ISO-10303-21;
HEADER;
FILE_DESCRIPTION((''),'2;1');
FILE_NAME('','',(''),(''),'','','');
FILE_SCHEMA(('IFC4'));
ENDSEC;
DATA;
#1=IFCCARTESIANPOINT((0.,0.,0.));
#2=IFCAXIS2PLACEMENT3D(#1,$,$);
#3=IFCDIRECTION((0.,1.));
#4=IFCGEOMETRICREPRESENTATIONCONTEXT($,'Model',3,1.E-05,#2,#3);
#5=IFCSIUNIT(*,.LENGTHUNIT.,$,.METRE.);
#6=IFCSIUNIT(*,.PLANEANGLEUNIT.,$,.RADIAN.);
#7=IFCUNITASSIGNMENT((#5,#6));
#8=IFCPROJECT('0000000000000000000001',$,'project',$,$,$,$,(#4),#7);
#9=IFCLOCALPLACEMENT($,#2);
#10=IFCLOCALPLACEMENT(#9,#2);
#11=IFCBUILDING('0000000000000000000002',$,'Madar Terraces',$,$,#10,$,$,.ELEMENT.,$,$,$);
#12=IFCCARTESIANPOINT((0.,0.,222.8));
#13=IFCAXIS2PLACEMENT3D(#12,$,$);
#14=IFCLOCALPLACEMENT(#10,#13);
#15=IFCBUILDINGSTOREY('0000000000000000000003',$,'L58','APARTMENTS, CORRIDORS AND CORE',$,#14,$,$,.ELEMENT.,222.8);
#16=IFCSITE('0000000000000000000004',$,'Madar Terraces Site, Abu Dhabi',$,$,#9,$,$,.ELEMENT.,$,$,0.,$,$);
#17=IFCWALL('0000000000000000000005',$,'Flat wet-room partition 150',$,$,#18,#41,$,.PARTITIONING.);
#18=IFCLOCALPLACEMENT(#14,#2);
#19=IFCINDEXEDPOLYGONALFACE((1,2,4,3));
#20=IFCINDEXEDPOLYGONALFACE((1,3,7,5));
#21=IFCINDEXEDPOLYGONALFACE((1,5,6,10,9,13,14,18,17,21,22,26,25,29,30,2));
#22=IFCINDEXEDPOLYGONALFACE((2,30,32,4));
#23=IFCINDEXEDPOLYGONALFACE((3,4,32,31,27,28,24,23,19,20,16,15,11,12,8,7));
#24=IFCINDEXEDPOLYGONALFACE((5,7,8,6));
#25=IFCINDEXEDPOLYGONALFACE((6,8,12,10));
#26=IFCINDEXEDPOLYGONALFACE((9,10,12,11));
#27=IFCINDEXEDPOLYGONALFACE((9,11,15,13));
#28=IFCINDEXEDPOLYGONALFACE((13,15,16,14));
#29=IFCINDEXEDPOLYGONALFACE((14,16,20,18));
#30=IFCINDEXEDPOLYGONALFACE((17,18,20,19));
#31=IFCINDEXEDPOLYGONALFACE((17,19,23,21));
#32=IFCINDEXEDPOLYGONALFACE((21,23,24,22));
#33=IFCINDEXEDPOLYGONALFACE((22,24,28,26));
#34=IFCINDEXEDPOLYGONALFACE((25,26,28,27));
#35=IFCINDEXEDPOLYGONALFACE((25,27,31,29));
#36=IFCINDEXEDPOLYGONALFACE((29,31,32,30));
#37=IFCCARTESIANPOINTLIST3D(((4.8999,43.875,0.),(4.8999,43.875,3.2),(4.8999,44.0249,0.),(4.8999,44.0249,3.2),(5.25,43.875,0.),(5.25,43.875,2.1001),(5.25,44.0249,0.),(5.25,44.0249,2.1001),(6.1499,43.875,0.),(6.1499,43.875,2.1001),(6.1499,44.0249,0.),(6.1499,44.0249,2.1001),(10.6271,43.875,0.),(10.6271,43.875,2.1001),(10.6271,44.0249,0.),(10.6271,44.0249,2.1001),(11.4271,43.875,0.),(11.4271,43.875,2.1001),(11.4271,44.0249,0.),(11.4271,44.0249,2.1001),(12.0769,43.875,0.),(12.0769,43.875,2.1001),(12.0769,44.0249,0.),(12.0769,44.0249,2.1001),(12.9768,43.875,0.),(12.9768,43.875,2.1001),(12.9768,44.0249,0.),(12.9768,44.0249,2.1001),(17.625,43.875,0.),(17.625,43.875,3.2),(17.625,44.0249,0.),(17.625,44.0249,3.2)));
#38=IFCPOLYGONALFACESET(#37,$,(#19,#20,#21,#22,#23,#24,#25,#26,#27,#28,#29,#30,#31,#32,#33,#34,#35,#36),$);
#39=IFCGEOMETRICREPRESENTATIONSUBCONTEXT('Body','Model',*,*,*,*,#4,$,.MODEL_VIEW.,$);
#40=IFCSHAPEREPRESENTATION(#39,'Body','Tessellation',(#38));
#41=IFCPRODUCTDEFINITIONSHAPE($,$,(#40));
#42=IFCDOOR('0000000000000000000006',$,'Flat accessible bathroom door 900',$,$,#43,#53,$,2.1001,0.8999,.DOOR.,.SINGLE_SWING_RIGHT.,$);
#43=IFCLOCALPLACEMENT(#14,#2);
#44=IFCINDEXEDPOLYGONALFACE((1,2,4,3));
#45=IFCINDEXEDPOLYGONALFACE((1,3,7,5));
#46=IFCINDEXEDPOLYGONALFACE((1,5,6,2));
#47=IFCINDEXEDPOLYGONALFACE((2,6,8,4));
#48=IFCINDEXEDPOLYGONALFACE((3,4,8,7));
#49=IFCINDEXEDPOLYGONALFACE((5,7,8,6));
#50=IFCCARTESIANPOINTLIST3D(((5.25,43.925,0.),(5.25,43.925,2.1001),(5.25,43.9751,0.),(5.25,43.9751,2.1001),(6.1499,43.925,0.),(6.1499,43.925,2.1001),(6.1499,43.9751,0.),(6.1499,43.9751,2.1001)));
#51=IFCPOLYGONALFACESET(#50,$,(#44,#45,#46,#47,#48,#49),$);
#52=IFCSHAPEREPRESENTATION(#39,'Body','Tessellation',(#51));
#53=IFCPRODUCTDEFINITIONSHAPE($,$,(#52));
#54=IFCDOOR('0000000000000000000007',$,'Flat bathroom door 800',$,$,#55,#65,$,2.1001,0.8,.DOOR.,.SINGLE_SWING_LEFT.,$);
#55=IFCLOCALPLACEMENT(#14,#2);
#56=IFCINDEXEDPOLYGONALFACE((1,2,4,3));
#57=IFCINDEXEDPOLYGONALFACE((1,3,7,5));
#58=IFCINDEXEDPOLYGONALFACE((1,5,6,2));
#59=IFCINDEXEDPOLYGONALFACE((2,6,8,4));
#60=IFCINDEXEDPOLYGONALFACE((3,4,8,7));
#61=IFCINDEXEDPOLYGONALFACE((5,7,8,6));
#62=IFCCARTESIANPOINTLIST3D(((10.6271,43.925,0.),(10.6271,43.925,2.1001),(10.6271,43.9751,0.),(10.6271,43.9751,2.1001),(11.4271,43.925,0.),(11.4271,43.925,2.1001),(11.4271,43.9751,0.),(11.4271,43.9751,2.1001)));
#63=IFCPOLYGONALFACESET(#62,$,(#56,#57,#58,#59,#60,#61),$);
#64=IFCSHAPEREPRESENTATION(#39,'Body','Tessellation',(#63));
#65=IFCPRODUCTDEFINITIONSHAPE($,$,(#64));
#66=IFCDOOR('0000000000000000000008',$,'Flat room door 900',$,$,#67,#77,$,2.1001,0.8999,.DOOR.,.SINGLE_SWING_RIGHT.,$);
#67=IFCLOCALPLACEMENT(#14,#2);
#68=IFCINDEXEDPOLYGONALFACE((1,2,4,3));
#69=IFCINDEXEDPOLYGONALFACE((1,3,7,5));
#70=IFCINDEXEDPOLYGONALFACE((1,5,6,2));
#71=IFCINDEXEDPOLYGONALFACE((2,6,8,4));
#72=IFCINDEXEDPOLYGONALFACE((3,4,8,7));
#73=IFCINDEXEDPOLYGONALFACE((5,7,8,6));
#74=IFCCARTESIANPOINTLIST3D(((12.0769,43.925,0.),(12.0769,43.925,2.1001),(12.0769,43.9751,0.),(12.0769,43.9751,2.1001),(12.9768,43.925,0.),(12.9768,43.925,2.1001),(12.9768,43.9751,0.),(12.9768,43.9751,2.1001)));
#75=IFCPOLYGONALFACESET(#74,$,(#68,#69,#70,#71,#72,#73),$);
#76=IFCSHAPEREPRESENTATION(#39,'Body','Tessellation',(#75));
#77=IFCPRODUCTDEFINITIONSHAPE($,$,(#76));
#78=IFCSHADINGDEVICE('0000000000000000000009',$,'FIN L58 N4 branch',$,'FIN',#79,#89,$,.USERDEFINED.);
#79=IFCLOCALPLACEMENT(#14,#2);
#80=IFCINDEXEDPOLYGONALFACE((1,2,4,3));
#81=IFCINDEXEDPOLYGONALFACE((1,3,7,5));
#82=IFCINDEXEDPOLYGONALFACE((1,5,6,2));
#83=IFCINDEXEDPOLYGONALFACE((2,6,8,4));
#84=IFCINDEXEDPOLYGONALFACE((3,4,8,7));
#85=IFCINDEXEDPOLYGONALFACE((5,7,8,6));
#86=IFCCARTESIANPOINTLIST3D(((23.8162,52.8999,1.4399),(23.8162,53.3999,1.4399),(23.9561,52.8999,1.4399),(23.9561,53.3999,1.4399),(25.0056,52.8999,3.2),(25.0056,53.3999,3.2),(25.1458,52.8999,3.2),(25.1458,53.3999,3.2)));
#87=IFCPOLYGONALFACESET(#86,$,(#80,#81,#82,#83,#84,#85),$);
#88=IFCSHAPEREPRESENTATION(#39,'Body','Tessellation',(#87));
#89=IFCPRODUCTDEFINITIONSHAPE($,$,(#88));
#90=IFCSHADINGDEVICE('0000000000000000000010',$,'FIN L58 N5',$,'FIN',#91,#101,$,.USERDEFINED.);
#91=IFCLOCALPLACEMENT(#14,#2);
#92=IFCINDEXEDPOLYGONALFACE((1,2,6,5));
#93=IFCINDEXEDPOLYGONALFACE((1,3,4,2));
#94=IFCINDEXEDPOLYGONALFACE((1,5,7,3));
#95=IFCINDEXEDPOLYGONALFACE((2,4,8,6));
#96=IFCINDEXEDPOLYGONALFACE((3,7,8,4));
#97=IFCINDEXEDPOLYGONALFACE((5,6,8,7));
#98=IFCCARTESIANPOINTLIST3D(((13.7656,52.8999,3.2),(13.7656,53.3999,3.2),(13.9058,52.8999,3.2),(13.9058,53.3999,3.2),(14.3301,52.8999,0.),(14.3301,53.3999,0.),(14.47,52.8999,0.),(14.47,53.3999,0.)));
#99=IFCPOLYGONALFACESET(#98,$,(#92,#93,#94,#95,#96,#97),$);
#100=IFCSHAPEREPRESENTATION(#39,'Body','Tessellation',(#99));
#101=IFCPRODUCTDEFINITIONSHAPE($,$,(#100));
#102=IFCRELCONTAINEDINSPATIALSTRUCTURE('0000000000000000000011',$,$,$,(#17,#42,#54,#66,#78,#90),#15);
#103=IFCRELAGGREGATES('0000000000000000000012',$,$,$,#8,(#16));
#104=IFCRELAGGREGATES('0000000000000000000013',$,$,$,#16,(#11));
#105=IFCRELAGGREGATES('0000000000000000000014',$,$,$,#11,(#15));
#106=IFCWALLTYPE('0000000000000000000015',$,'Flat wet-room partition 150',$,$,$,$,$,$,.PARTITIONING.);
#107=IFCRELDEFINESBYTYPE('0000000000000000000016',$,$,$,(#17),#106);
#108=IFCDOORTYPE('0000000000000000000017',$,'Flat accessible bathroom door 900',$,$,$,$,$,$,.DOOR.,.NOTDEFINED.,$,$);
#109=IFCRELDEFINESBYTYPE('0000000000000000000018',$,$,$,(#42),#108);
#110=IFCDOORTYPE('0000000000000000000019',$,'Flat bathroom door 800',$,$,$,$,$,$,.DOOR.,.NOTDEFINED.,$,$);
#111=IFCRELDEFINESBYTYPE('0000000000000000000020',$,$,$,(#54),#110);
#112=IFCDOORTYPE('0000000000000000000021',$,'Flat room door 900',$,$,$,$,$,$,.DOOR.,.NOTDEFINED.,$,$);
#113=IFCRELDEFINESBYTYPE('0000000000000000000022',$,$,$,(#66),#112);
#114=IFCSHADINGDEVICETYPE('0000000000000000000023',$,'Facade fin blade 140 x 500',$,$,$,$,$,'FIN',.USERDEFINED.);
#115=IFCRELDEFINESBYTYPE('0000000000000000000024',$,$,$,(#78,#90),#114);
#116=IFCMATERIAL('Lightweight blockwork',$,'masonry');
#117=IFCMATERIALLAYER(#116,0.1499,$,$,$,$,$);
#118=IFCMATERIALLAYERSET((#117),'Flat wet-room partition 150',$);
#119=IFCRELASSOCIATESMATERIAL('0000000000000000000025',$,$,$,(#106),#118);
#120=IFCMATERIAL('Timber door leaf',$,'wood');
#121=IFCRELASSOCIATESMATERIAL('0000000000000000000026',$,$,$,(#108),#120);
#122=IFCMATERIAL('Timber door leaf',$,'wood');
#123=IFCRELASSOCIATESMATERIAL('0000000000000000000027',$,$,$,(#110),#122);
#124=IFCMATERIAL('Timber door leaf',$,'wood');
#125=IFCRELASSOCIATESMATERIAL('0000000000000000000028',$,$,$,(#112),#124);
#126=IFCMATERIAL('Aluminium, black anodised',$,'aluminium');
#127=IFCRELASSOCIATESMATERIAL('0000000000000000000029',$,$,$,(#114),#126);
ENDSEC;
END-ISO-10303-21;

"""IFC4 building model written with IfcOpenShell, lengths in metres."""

from ifc_helpers import new_model, si_unit, direction, frame, frame_2d, origin, place, context, subcontext, project, spatial, polyline, rectangle, outline, extrude, material, layer, layer_set, type_object, element, fill, save


model = new_model("IFC4")

# Units and contexts
model_context = context("Model", 3, precision=1e-05, world=origin(), true_north=direction((0.0, 1.0)))
body_context = subcontext(model_context, "Body", "Model", "MODEL_VIEW")
ifc_project = project(units=[si_unit("LENGTHUNIT", "METRE"), si_unit("PLANEANGLEUNIT", "RADIAN")], contexts=[model_context])

# Site, building, storey
site_placement = place(None, origin())
site = spatial("IfcSite", under=ifc_project, at=site_placement, Name="Madar Terraces Site, Abu Dhabi", CompositionType="ELEMENT", RefElevation=0.0)
building_placement = place(site_placement, origin())
building = spatial("IfcBuilding", under=site, at=building_placement, Name="Madar Terraces", CompositionType="ELEMENT")
storey_placement = place(building_placement, frame((0.0, 0.0, 222.8)))
storey = spatial("IfcBuildingStorey", under=building, at=storey_placement, Name="L58", Description="APARTMENTS, CORRIDORS AND CORE", CompositionType="ELEMENT", Elevation=222.8)

# Wall, openings, doors
ifc_material_1 = material(Name="Lightweight blockwork", Category="masonry")
ifc_layer_1 = layer(ifc_material_1, 0.1499)
ifc_layer_set_1 = layer_set([ifc_layer_1], Name="Flat wet-room partition 150")
wall_type_1 = type_object("IfcWallType", Name="Flat wet-room partition 150", PredefinedType="PARTITIONING", material=ifc_layer_set_1)
wall_1_placement = place(storey_placement, frame((17.625, 43.95, 0.0), z_axis=(0.0, 0.0, 1.0), x_axis=(-1.0, 0.0, 0.0)))
wall_1 = element("IfcWall", 1, at=wall_1_placement, inside=storey, type_object=wall_type_1, Name="Flat wet-room partition 150", PredefinedType="PARTITIONING", context=body_context, shape_type="SweptSolid", body=[
    extrude(rectangle(XDim=12.7251, YDim=0.1499, at=frame_2d((6.3625, 0.0))), origin(), (0.0, 0.0, 1.0), 3.2),
])
opening_1_placement = place(wall_1_placement, frame((4.6482, 0.0, 0.0)))
opening_1 = element("IfcOpeningElement", 2, at=opening_1_placement, cuts=wall_1, PredefinedType="OPENING", context=body_context, shape_type="SweptSolid", body=[
    extrude(rectangle(XDim=0.8999, YDim=2.1001, at=frame_2d((0.45, 1.05))), frame((0.0, 0.085, 0.0), z_axis=(0.0, -1.0, 0.0), x_axis=(1.0, 0.0, 0.0)), (0.0, 0.0, 1.0), 0.1699),
])
opening_2_placement = place(wall_1_placement, frame((6.198, 0.0, 0.0)))
opening_2 = element("IfcOpeningElement", 3, at=opening_2_placement, cuts=wall_1, PredefinedType="OPENING", context=body_context, shape_type="SweptSolid", body=[
    extrude(rectangle(XDim=0.8, YDim=2.1001, at=frame_2d((0.3999, 1.05))), frame((0.0, 0.085, 0.0), z_axis=(0.0, -1.0, 0.0), x_axis=(1.0, 0.0, 0.0)), (0.0, 0.0, 1.0), 0.1699),
])
opening_3_placement = place(wall_1_placement, frame((11.4751, 0.0, 0.0)))
opening_3 = element("IfcOpeningElement", 4, at=opening_3_placement, cuts=wall_1, PredefinedType="OPENING", context=body_context, shape_type="SweptSolid", body=[
    extrude(rectangle(XDim=0.8999, YDim=2.1001, at=frame_2d((0.45, 1.05))), frame((0.0, 0.085, 0.0), z_axis=(0.0, -1.0, 0.0), x_axis=(1.0, 0.0, 0.0)), (0.0, 0.0, 1.0), 0.1699),
])
ifc_material_2 = material(Name="Timber door leaf", Category="wood")
door_type_1 = type_object("IfcDoorType", Name="Flat accessible bathroom door 900", OperationType="NOTDEFINED", PredefinedType="DOOR", material=ifc_material_2)
door_1_placement = place(opening_3_placement, origin())
door_1 = element("IfcDoor", 5, at=door_1_placement, inside=storey, type_object=door_type_1, Name="Flat accessible bathroom door 900", OperationType="SINGLE_SWING_RIGHT", OverallHeight=2.1001, OverallWidth=0.8999, PredefinedType="DOOR", context=body_context, shape_type="SweptSolid", body=[
    extrude(rectangle(XDim=0.8999, YDim=2.1001, at=frame_2d((0.45, 1.05))), frame((0.0, 0.0249, 0.0), z_axis=(0.0, -1.0, 0.0), x_axis=(1.0, 0.0, 0.0)), (0.0, 0.0, 1.0), 0.05),
])
fill(opening_3, door_1)
ifc_material_3 = material(Name="Timber door leaf", Category="wood")
door_type_2 = type_object("IfcDoorType", Name="Flat bathroom door 800", OperationType="NOTDEFINED", PredefinedType="DOOR", material=ifc_material_3)
door_2_placement = place(opening_2_placement, origin())
door_2 = element("IfcDoor", 6, at=door_2_placement, inside=storey, type_object=door_type_2, Name="Flat bathroom door 800", OperationType="SINGLE_SWING_LEFT", OverallHeight=2.1001, OverallWidth=0.8, PredefinedType="DOOR", context=body_context, shape_type="SweptSolid", body=[
    extrude(rectangle(XDim=0.8, YDim=2.1001, at=frame_2d((0.3999, 1.05))), frame((0.0, 0.0249, 0.0), z_axis=(0.0, -1.0, 0.0), x_axis=(1.0, 0.0, 0.0)), (0.0, 0.0, 1.0), 0.05),
])
fill(opening_2, door_2)
ifc_material_4 = material(Name="Timber door leaf", Category="wood")
door_type_3 = type_object("IfcDoorType", Name="Flat room door 900", OperationType="NOTDEFINED", PredefinedType="DOOR", material=ifc_material_4)
door_3_placement = place(opening_1_placement, origin())
door_3 = element("IfcDoor", 7, at=door_3_placement, inside=storey, type_object=door_type_3, Name="Flat room door 900", OperationType="SINGLE_SWING_RIGHT", OverallHeight=2.1001, OverallWidth=0.8999, PredefinedType="DOOR", context=body_context, shape_type="SweptSolid", body=[
    extrude(rectangle(XDim=0.8999, YDim=2.1001, at=frame_2d((0.45, 1.05))), frame((0.0, 0.0249, 0.0), z_axis=(0.0, -1.0, 0.0), x_axis=(1.0, 0.0, 0.0)), (0.0, 0.0, 1.0), 0.05),
])
fill(opening_1, door_3)

# Shading devices
ifc_material_5 = material(Name="Aluminium, black anodised", Category="aluminium")
shading_device_type = type_object("IfcShadingDeviceType", Name="Facade fin blade 140 x 500", ElementType="FIN", PredefinedType="USERDEFINED", material=ifc_material_5)
shading_device_1_placement = place(storey_placement, frame((23.9561, 53.1499, 1.4399), z_axis=(0.0, 0.0, 1.0), x_axis=(-1.0, 0.0, 0.0)))
element("IfcShadingDevice", 8, at=shading_device_1_placement, inside=storey, type_object=shading_device_type, Name="FIN L58 N4 branch", ObjectType="FIN", PredefinedType="USERDEFINED", context=body_context, shape_type="SweptSolid", body=[
    extrude(outline(polyline([(0.0, 0.0), (0.1399, 0.0), (-1.0496, 1.76), (-1.1897, 1.76), (0.0, 0.0)])), frame((0.0, 0.25, 0.0), z_axis=(0.0, -1.0, 0.0), x_axis=(1.0, 0.0, 0.0)), (0.0, 0.0, 1.0), 0.5),
])
shading_device_2_placement = place(storey_placement, frame((14.47, 53.1499, 0.0), z_axis=(0.0, 0.0, 1.0), x_axis=(-1.0, 0.0, 0.0)))
element("IfcShadingDevice", 9, at=shading_device_2_placement, inside=storey, type_object=shading_device_type, Name="FIN L58 N5", ObjectType="FIN", PredefinedType="USERDEFINED", context=body_context, shape_type="SweptSolid", body=[
    extrude(outline(polyline([(0.0, 0.0), (0.1399, 0.0), (0.7043, 3.2), (0.5642, 3.2), (0.0, 0.0)])), frame((0.0, 0.25, 0.0), z_axis=(0.0, -1.0, 0.0), x_axis=(1.0, 0.0, 0.0)), (0.0, 0.0, 1.0), 0.5),
])

save(model, "model.ifc")
